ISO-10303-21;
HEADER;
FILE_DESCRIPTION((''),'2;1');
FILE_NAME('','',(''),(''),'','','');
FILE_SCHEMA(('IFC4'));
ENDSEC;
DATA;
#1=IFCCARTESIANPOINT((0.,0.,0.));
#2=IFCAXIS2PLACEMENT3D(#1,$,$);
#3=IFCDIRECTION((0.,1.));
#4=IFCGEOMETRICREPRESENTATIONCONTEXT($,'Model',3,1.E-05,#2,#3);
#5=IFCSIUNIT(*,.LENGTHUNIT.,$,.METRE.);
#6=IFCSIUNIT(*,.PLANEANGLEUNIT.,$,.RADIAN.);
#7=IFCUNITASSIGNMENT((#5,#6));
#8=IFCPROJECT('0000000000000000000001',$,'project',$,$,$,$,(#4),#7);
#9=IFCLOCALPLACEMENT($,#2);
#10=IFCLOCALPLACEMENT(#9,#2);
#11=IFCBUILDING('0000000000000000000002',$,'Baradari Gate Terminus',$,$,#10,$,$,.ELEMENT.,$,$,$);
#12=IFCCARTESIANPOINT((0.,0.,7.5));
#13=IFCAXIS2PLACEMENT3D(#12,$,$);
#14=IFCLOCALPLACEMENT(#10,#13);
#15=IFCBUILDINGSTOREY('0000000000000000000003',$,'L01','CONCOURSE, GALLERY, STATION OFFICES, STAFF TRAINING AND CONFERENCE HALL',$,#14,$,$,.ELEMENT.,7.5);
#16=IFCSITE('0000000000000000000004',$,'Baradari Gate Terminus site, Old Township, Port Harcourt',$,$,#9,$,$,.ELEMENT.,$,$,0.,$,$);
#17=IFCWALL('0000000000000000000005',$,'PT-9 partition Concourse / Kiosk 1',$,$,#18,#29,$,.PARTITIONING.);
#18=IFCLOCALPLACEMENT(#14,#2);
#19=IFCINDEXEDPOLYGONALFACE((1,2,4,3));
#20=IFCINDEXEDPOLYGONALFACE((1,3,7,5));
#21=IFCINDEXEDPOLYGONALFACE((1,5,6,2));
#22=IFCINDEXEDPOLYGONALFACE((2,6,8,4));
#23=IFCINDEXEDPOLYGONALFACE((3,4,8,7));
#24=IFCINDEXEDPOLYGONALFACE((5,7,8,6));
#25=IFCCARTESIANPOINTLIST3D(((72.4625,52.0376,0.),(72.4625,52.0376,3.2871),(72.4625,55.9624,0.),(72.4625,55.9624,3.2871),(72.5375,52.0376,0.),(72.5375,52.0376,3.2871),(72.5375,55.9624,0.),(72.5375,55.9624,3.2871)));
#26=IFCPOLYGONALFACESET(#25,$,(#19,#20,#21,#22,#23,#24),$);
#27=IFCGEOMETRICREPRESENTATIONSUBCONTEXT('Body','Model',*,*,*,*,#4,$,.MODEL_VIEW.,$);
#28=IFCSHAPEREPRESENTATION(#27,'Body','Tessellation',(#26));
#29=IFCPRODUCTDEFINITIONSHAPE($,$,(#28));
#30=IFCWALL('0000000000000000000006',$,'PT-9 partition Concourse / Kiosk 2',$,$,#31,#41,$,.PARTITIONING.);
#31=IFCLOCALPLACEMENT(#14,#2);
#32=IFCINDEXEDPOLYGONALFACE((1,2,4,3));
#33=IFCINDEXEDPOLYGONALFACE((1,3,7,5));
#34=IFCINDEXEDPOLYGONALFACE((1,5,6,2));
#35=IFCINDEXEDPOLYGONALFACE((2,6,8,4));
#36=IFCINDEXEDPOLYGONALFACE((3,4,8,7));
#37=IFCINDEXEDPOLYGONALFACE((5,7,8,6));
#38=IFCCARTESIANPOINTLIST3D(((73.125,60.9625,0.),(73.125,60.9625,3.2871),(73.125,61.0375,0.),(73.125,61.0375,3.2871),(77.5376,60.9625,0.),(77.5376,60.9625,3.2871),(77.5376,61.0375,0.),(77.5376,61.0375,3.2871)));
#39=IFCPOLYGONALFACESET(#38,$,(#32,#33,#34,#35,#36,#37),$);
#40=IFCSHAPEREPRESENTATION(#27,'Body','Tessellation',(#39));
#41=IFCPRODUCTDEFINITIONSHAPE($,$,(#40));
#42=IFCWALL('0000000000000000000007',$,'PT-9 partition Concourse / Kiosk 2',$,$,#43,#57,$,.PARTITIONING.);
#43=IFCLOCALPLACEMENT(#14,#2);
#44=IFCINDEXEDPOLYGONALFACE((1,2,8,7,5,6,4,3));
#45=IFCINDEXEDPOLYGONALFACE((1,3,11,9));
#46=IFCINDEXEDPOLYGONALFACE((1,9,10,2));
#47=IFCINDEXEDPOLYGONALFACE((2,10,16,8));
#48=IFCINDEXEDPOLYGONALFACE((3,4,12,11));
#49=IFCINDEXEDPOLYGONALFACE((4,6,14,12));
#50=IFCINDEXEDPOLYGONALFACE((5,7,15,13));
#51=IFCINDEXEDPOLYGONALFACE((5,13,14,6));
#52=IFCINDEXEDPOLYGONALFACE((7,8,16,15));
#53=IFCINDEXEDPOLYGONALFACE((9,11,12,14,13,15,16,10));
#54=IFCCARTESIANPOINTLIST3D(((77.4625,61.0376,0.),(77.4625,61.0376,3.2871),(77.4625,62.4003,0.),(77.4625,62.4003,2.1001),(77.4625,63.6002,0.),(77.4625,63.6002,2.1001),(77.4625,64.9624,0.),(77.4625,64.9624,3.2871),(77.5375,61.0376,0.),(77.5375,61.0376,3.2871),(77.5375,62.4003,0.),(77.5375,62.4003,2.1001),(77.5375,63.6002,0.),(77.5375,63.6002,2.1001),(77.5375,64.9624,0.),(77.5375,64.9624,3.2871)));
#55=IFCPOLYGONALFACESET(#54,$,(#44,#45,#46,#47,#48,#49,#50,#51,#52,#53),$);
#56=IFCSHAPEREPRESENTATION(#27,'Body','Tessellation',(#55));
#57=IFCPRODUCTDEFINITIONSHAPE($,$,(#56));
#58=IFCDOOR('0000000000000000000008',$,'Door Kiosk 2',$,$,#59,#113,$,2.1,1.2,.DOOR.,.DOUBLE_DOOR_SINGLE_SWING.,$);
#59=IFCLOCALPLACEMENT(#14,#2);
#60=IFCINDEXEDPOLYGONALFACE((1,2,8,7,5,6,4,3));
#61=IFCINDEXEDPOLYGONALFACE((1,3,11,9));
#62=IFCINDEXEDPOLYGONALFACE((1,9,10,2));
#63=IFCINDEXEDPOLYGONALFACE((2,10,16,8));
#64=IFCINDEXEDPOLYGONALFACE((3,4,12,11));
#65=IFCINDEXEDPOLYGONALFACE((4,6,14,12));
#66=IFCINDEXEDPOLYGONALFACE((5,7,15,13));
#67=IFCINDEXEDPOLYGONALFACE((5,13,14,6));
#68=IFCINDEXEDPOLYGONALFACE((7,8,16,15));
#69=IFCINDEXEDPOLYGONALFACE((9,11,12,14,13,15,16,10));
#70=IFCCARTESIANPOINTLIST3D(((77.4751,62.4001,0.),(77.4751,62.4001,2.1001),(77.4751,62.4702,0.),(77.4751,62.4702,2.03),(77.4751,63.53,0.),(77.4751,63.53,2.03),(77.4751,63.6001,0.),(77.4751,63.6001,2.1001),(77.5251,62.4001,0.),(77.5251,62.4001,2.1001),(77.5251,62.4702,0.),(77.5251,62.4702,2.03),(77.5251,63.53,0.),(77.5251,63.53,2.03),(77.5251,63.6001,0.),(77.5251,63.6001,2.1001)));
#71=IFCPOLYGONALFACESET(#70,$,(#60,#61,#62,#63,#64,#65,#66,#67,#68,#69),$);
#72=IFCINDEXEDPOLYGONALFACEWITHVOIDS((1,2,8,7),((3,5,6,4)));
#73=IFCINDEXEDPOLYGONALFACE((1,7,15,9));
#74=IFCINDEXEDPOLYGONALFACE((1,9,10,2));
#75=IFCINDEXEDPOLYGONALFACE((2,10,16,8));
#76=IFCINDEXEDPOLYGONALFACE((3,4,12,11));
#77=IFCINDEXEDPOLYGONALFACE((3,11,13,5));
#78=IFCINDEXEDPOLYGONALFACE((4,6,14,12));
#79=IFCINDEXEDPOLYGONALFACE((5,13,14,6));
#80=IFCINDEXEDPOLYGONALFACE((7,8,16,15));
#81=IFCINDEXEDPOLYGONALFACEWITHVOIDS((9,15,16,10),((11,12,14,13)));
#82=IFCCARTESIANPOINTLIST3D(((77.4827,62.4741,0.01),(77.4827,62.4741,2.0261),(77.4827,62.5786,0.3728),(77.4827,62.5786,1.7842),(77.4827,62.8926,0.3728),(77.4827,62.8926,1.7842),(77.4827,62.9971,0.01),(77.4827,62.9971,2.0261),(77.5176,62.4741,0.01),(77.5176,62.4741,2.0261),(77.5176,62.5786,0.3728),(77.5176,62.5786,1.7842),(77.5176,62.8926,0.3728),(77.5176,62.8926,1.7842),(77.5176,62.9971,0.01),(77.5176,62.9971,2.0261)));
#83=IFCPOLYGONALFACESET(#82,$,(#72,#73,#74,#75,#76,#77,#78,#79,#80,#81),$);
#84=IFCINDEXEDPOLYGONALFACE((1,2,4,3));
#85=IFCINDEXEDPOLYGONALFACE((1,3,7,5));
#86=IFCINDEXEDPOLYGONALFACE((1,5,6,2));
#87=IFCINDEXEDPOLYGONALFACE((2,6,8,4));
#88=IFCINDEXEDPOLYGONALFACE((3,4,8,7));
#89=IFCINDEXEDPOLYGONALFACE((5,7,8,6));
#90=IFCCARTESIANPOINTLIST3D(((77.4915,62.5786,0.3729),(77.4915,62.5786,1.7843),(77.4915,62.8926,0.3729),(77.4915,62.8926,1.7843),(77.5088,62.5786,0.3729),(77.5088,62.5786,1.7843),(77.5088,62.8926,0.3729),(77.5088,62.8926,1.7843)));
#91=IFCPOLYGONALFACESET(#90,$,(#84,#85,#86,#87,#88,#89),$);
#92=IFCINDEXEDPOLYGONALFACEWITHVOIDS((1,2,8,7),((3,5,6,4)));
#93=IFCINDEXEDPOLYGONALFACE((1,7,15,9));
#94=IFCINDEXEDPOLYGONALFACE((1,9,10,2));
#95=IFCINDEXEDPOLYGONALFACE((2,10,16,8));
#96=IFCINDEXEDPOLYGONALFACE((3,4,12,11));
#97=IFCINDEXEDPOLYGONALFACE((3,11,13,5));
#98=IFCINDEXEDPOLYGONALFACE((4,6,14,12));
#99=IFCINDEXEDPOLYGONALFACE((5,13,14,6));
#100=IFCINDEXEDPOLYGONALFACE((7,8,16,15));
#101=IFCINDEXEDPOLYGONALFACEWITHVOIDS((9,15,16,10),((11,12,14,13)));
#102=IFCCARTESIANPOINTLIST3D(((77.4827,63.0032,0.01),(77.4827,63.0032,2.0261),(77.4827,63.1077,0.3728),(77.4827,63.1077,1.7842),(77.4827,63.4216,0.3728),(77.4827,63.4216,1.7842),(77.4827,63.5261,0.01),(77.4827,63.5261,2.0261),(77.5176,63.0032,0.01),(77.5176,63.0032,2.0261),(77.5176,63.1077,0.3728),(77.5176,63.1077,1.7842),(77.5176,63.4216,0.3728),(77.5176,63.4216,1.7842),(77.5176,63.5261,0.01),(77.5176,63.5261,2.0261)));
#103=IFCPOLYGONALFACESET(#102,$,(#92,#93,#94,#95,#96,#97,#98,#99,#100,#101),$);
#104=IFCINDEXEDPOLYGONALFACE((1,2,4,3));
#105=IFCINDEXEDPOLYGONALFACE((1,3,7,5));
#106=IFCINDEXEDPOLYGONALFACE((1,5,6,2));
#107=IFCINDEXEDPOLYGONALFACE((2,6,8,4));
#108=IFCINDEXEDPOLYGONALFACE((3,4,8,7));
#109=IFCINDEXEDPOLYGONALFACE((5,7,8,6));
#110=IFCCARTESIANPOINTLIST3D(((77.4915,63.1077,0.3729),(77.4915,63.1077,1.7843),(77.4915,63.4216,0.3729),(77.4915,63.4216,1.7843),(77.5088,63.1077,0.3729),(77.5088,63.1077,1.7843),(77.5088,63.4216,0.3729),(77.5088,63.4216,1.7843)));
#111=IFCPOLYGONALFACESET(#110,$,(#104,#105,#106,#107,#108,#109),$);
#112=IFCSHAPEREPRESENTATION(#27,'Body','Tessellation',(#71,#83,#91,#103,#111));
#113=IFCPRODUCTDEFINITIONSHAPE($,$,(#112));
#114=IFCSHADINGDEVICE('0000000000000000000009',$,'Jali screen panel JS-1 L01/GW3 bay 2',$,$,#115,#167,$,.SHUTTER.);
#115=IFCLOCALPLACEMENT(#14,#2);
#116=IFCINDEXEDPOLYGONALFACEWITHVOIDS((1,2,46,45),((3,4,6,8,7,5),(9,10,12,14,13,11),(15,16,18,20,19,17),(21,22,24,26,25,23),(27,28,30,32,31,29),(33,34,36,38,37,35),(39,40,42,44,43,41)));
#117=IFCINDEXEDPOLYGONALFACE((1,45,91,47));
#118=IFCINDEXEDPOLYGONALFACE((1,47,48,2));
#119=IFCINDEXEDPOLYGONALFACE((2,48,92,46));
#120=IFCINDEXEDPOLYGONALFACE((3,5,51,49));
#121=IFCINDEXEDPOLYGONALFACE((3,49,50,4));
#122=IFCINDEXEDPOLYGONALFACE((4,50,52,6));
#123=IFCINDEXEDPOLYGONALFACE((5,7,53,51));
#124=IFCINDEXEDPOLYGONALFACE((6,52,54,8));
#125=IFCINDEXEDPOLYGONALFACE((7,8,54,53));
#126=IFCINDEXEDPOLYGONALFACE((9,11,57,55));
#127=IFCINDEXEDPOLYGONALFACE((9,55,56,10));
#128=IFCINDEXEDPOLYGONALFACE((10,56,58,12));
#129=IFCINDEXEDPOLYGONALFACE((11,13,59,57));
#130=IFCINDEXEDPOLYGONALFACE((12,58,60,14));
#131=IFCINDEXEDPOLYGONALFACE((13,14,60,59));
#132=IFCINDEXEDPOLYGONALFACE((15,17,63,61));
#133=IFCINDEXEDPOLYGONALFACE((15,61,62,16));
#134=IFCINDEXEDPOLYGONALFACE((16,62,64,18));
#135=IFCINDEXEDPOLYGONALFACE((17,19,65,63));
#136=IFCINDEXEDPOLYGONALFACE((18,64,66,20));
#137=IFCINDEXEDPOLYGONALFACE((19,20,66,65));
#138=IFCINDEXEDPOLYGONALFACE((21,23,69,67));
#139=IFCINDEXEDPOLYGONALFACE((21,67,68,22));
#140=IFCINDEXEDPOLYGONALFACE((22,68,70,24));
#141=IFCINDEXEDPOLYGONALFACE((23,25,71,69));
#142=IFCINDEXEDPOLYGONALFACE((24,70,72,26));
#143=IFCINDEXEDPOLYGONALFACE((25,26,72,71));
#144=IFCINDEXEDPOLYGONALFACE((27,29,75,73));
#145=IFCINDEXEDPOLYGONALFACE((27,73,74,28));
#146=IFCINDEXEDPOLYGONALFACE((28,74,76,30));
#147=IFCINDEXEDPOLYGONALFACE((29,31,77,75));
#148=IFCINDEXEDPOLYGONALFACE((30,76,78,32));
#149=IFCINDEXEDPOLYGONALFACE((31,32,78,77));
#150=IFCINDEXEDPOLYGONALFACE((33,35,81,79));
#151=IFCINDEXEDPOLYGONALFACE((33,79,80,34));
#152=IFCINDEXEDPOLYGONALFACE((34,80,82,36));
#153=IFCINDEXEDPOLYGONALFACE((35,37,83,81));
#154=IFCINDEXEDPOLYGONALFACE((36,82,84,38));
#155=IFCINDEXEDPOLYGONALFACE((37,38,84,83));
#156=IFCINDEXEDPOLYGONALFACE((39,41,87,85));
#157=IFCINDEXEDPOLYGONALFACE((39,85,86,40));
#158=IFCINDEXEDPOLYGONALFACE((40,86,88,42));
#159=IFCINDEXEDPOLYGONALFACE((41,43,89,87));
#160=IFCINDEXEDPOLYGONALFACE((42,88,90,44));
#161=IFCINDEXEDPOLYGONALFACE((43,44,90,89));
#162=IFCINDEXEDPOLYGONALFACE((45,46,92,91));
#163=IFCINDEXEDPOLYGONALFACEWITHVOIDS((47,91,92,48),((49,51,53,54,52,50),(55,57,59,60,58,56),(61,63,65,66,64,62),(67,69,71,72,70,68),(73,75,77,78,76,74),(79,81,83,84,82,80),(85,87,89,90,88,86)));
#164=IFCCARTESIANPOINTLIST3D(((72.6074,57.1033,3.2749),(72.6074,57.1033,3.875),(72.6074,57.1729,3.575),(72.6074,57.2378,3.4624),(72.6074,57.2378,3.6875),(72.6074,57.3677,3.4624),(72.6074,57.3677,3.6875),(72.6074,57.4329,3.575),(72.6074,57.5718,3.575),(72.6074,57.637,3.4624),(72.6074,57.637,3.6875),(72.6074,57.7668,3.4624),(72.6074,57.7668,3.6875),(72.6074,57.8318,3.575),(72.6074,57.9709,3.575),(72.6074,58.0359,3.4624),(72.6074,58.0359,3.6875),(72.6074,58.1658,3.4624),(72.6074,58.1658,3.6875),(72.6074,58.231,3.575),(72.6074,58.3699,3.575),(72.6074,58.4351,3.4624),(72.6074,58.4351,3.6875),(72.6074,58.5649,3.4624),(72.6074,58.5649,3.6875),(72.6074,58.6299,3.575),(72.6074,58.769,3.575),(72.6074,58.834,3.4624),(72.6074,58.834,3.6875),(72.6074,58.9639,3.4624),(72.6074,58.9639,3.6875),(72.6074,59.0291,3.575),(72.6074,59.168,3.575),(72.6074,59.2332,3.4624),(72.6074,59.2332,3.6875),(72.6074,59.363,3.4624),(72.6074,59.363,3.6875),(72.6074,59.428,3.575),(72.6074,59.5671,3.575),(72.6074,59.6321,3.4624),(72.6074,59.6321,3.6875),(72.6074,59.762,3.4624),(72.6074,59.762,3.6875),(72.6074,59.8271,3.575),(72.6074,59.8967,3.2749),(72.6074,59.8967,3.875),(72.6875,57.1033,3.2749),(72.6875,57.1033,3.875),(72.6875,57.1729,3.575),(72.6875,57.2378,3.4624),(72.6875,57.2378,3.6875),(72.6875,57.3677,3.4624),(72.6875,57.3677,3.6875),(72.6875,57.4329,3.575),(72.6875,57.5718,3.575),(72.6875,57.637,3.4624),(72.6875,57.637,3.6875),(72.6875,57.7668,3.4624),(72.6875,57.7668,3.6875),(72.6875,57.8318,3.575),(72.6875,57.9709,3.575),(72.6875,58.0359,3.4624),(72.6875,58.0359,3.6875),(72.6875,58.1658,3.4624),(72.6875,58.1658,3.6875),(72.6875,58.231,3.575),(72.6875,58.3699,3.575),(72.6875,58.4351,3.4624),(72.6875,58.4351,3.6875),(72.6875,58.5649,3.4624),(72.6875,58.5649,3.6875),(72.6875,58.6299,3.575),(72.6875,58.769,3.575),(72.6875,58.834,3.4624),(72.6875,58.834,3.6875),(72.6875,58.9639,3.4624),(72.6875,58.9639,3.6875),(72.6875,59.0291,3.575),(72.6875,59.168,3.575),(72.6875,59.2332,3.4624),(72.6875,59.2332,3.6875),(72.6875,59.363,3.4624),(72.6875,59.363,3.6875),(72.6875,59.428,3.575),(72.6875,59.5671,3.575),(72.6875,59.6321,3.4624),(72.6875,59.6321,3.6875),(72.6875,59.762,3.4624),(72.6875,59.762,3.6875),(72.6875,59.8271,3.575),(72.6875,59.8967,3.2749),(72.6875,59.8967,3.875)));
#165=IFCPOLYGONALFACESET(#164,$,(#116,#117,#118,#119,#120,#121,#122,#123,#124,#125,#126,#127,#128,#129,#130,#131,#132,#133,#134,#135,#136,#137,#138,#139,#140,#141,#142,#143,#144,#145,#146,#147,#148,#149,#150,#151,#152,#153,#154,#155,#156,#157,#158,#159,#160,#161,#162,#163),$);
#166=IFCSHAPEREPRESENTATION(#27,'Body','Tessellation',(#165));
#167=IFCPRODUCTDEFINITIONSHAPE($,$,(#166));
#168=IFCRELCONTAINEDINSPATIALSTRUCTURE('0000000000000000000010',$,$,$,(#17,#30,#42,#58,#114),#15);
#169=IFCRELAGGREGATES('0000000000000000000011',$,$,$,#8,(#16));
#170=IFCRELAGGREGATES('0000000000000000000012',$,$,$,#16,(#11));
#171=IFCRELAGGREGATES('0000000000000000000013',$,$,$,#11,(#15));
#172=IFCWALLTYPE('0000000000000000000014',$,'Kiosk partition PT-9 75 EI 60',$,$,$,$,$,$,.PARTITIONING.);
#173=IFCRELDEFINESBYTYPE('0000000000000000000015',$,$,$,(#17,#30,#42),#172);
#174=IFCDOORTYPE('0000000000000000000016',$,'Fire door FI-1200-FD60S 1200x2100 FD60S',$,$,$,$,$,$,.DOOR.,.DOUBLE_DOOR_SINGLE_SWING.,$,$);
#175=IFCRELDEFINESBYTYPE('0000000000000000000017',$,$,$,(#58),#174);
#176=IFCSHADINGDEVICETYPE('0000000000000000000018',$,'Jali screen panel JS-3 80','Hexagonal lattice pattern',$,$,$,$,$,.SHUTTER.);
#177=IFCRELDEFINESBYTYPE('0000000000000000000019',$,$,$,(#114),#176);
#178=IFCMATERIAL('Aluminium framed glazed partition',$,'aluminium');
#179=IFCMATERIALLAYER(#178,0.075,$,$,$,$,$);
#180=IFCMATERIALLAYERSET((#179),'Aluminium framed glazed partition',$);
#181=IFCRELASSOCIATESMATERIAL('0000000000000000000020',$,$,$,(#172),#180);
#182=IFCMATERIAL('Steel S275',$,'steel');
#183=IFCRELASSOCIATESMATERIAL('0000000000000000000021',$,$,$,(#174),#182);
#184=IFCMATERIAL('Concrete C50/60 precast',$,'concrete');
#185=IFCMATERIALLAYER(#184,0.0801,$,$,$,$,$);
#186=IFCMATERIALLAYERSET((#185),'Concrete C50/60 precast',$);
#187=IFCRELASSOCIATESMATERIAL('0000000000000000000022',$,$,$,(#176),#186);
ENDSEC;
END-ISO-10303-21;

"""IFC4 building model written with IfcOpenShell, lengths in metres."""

from ifc_helpers import new_model, si_unit, direction, frame, frame_2d, origin, place, context, subcontext, project, spatial, polyline, rectangle, outline, extrude, material, layer, layer_set, type_object, element, fill, save


model = new_model("IFC4")

# Units and contexts
model_context = context("Model", 3, precision=1e-05, world=origin(), true_north=direction((0.0, 1.0)))
body_context = subcontext(model_context, "Body", "Model", "MODEL_VIEW")
ifc_project = project(units=[si_unit("LENGTHUNIT", "METRE"), si_unit("PLANEANGLEUNIT", "RADIAN")], contexts=[model_context])

# Site, building, storey
site_placement = place(None, origin())
site = spatial("IfcSite", under=ifc_project, at=site_placement, Name="Baradari Gate Terminus site, Old Township, Port Harcourt", CompositionType="ELEMENT", RefElevation=0.0)
building_placement = place(site_placement, origin())
building = spatial("IfcBuilding", under=site, at=building_placement, Name="Baradari Gate Terminus", CompositionType="ELEMENT")
storey_placement = place(building_placement, frame((0.0, 0.0, 7.5)))
storey = spatial("IfcBuildingStorey", under=building, at=storey_placement, Name="L01", Description="CONCOURSE, GALLERY, STATION OFFICES, STAFF TRAINING AND CONFERENCE HALL", CompositionType="ELEMENT", Elevation=7.5)

# Walls
ifc_material_1 = material(Name="Aluminium framed glazed partition", Category="aluminium")
ifc_layer_1 = layer(ifc_material_1, 0.075)
ifc_layer_set_1 = layer_set([ifc_layer_1], Name="Aluminium framed glazed partition")
wall_type = type_object("IfcWallType", Name="Kiosk partition PT-9 75 EI 60", PredefinedType="PARTITIONING", material=ifc_layer_set_1)
wall_1_placement = place(storey_placement, frame((72.5, 55.9624, 0.0), z_axis=(0.0, 0.0, 1.0), x_axis=(0.0, -1.0, 0.0)))
element("IfcWall", 1, at=wall_1_placement, inside=storey, type_object=wall_type, Name="PT-9 partition Concourse / Kiosk 1", PredefinedType="PARTITIONING", context=body_context, shape_type="SweptSolid", body=[
    extrude(rectangle(XDim=3.9248, YDim=0.075, at=frame_2d((1.9624, 0.0))), origin(), (0.0, 0.0, 1.0), 3.2871),
])
wall_2_placement = place(storey_placement, frame((73.125, 61.0, 0.0), z_axis=(0.0, 0.0, 1.0), x_axis=(1.0, 0.0, 0.0)))
element("IfcWall", 2, at=wall_2_placement, inside=storey, type_object=wall_type, Name="PT-9 partition Concourse / Kiosk 2", PredefinedType="PARTITIONING", context=body_context, shape_type="SweptSolid", body=[
    extrude(rectangle(XDim=4.4126, YDim=0.075, at=frame_2d((2.2063, 0.0))), origin(), (0.0, 0.0, 1.0), 3.2871),
])

# Wall, opening, door
wall_3_placement = place(storey_placement, frame((77.5, 61.0376, 0.0), z_axis=(0.0, 0.0, 1.0), x_axis=(0.0, 1.0, 0.0)))
wall_3 = element("IfcWall", 3, at=wall_3_placement, inside=storey, type_object=wall_type, Name="PT-9 partition Concourse / Kiosk 2", PredefinedType="PARTITIONING", context=body_context, shape_type="SweptSolid", body=[
    extrude(rectangle(XDim=3.9248, YDim=0.075, at=frame_2d((1.9624, 0.0))), origin(), (0.0, 0.0, 1.0), 3.2871),
])
opening_placement = place(wall_3_placement, frame((1.3625, 0.0, 0.0)))
opening = element("IfcOpeningElement", 4, at=opening_placement, cuts=wall_3, PredefinedType="OPENING", context=body_context, shape_type="SweptSolid", body=[
    extrude(rectangle(XDim=1.2, YDim=2.1001, at=frame_2d((0.6001, 1.05))), frame((0.0, 0.0474, 0.0), z_axis=(0.0, -1.0, 0.0), x_axis=(1.0, 0.0, 0.0)), (0.0, 0.0, 1.0), 0.095),
])
ifc_material_2 = material(Name="Steel S275", Category="steel")
door_type = type_object("IfcDoorType", Name="Fire door FI-1200-FD60S 1200x2100 FD60S", OperationType="DOUBLE_DOOR_SINGLE_SWING", PredefinedType="DOOR", material=ifc_material_2)
door_placement = place(opening_placement, origin())
door = element("IfcDoor", 5, at=door_placement, inside=storey, type_object=door_type, Name="Door Kiosk 2", OperationType="DOUBLE_DOOR_SINGLE_SWING", OverallHeight=2.1, OverallWidth=1.2, PredefinedType="DOOR", context=body_context, shape_type="SweptSolid", body=[
    extrude(outline(polyline([(0.0, 0.0), (0.0701, 0.0), (0.0701, 2.03), (1.1299, 2.03), (1.1299, 0.0), (1.2, 0.0), (1.2, 2.1001), (0.0, 2.1001), (0.0, 0.0)])), frame((0.0, 0.0249, 0.0), z_axis=(0.0, -1.0, 0.0), x_axis=(1.0, 0.0, 0.0)), (0.0, 0.0, 1.0), 0.05),
    extrude(outline(polyline([(0.074, 0.01), (0.5969, 0.01), (0.5969, 2.0261), (0.074, 2.0261), (0.074, 0.01)]), holes=[polyline([(0.1785, 0.3728), (0.4924, 0.3728), (0.4924, 1.7842), (0.1785, 1.7842), (0.1785, 0.3728)])]), frame((0.0, 0.0173, 0.0), z_axis=(0.0, -1.0, 0.0), x_axis=(1.0, 0.0, 0.0)), (0.0, 0.0, 1.0), 0.0349),
    extrude(rectangle(XDim=0.314, YDim=1.4114, at=frame_2d((0.3354, 1.0786))), frame((0.0, 0.0085, 0.0), z_axis=(0.0, -1.0, 0.0), x_axis=(1.0, 0.0, 0.0)), (0.0, 0.0, 1.0), 0.0173),
    extrude(outline(polyline([(0.603, 0.01), (1.126, 0.01), (1.126, 2.0261), (0.603, 2.0261), (0.603, 0.01)]), holes=[polyline([(0.7075, 0.3728), (1.0215, 0.3728), (1.0215, 1.7842), (0.7075, 1.7842), (0.7075, 0.3728)])]), frame((0.0, 0.0173, 0.0), z_axis=(0.0, -1.0, 0.0), x_axis=(1.0, 0.0, 0.0)), (0.0, 0.0, 1.0), 0.0349),
    extrude(rectangle(XDim=0.314, YDim=1.4114, at=frame_2d((0.8645, 1.0786))), frame((0.0, 0.0085, 0.0), z_axis=(0.0, -1.0, 0.0), x_axis=(1.0, 0.0, 0.0)), (0.0, 0.0, 1.0), 0.0173),
])
fill(opening, door)

# Shading device
ifc_material_3 = material(Name="Concrete C50/60 precast", Category="concrete")
ifc_layer_2 = layer(ifc_material_3, 0.0801)
ifc_layer_set_2 = layer_set([ifc_layer_2], Name="Concrete C50/60 precast")
shading_device_type = type_object("IfcShadingDeviceType", Name="Jali screen panel JS-3 80", Description="Hexagonal lattice pattern", PredefinedType="SHUTTER", material=ifc_layer_set_2)
shading_device_1_placement = place(storey_placement, frame((72.6475, 57.1033, 3.2749), z_axis=(0.0, 0.0, 1.0), x_axis=(0.0, 1.0, 0.0)))
element("IfcShadingDevice", 6, at=shading_device_1_placement, inside=storey, type_object=shading_device_type, Name="Jali screen panel JS-1 L01/GW3 bay 2", PredefinedType="SHUTTER", context=body_context, shape_type="SweptSolid", body=[
    extrude(outline(polyline([(0.0, 0.0), (2.7935, 0.0), (2.7935, 0.6001), (0.0, 0.6001), (0.0, 0.0)]), holes=[polyline([(0.3296, 0.3), (0.2644, 0.1875), (0.1345, 0.1875), (0.0696, 0.3), (0.1345, 0.4126), (0.2644, 0.4126), (0.3296, 0.3)]), polyline([(0.7285, 0.3), (0.6636, 0.1875), (0.5337, 0.1875), (0.4685, 0.3), (0.5337, 0.4126), (0.6636, 0.4126), (0.7285, 0.3)]), polyline([(1.1277, 0.3), (1.0625, 0.1875), (0.9326, 0.1875), (0.8677, 0.3), (0.9326, 0.4126), (1.0625, 0.4126), (1.1277, 0.3)]), polyline([(1.5266, 0.3), (1.4617, 0.1875), (1.3318, 0.1875), (1.2666, 0.3), (1.3318, 0.4126), (1.4617, 0.4126), (1.5266, 0.3)]), polyline([(1.9258, 0.3), (1.8606, 0.1875), (1.7307, 0.1875), (1.6658, 0.3), (1.7307, 0.4126), (1.8606, 0.4126), (1.9258, 0.3)]), polyline([(2.3247, 0.3), (2.2598, 0.1875), (2.1299, 0.1875), (2.0647, 0.3), (2.1299, 0.4126), (2.2598, 0.4126), (2.3247, 0.3)]), polyline([(2.7239, 0.3), (2.6587, 0.1875), (2.5288, 0.1875), (2.4639, 0.3), (2.5288, 0.4126), (2.6587, 0.4126), (2.7239, 0.3)])]), frame((0.0, 0.04, 0.0), z_axis=(0.0, -1.0, 0.0), x_axis=(1.0, 0.0, 0.0)), (0.0, 0.0, 1.0), 0.0801),
])

save(model, "model.ifc")
